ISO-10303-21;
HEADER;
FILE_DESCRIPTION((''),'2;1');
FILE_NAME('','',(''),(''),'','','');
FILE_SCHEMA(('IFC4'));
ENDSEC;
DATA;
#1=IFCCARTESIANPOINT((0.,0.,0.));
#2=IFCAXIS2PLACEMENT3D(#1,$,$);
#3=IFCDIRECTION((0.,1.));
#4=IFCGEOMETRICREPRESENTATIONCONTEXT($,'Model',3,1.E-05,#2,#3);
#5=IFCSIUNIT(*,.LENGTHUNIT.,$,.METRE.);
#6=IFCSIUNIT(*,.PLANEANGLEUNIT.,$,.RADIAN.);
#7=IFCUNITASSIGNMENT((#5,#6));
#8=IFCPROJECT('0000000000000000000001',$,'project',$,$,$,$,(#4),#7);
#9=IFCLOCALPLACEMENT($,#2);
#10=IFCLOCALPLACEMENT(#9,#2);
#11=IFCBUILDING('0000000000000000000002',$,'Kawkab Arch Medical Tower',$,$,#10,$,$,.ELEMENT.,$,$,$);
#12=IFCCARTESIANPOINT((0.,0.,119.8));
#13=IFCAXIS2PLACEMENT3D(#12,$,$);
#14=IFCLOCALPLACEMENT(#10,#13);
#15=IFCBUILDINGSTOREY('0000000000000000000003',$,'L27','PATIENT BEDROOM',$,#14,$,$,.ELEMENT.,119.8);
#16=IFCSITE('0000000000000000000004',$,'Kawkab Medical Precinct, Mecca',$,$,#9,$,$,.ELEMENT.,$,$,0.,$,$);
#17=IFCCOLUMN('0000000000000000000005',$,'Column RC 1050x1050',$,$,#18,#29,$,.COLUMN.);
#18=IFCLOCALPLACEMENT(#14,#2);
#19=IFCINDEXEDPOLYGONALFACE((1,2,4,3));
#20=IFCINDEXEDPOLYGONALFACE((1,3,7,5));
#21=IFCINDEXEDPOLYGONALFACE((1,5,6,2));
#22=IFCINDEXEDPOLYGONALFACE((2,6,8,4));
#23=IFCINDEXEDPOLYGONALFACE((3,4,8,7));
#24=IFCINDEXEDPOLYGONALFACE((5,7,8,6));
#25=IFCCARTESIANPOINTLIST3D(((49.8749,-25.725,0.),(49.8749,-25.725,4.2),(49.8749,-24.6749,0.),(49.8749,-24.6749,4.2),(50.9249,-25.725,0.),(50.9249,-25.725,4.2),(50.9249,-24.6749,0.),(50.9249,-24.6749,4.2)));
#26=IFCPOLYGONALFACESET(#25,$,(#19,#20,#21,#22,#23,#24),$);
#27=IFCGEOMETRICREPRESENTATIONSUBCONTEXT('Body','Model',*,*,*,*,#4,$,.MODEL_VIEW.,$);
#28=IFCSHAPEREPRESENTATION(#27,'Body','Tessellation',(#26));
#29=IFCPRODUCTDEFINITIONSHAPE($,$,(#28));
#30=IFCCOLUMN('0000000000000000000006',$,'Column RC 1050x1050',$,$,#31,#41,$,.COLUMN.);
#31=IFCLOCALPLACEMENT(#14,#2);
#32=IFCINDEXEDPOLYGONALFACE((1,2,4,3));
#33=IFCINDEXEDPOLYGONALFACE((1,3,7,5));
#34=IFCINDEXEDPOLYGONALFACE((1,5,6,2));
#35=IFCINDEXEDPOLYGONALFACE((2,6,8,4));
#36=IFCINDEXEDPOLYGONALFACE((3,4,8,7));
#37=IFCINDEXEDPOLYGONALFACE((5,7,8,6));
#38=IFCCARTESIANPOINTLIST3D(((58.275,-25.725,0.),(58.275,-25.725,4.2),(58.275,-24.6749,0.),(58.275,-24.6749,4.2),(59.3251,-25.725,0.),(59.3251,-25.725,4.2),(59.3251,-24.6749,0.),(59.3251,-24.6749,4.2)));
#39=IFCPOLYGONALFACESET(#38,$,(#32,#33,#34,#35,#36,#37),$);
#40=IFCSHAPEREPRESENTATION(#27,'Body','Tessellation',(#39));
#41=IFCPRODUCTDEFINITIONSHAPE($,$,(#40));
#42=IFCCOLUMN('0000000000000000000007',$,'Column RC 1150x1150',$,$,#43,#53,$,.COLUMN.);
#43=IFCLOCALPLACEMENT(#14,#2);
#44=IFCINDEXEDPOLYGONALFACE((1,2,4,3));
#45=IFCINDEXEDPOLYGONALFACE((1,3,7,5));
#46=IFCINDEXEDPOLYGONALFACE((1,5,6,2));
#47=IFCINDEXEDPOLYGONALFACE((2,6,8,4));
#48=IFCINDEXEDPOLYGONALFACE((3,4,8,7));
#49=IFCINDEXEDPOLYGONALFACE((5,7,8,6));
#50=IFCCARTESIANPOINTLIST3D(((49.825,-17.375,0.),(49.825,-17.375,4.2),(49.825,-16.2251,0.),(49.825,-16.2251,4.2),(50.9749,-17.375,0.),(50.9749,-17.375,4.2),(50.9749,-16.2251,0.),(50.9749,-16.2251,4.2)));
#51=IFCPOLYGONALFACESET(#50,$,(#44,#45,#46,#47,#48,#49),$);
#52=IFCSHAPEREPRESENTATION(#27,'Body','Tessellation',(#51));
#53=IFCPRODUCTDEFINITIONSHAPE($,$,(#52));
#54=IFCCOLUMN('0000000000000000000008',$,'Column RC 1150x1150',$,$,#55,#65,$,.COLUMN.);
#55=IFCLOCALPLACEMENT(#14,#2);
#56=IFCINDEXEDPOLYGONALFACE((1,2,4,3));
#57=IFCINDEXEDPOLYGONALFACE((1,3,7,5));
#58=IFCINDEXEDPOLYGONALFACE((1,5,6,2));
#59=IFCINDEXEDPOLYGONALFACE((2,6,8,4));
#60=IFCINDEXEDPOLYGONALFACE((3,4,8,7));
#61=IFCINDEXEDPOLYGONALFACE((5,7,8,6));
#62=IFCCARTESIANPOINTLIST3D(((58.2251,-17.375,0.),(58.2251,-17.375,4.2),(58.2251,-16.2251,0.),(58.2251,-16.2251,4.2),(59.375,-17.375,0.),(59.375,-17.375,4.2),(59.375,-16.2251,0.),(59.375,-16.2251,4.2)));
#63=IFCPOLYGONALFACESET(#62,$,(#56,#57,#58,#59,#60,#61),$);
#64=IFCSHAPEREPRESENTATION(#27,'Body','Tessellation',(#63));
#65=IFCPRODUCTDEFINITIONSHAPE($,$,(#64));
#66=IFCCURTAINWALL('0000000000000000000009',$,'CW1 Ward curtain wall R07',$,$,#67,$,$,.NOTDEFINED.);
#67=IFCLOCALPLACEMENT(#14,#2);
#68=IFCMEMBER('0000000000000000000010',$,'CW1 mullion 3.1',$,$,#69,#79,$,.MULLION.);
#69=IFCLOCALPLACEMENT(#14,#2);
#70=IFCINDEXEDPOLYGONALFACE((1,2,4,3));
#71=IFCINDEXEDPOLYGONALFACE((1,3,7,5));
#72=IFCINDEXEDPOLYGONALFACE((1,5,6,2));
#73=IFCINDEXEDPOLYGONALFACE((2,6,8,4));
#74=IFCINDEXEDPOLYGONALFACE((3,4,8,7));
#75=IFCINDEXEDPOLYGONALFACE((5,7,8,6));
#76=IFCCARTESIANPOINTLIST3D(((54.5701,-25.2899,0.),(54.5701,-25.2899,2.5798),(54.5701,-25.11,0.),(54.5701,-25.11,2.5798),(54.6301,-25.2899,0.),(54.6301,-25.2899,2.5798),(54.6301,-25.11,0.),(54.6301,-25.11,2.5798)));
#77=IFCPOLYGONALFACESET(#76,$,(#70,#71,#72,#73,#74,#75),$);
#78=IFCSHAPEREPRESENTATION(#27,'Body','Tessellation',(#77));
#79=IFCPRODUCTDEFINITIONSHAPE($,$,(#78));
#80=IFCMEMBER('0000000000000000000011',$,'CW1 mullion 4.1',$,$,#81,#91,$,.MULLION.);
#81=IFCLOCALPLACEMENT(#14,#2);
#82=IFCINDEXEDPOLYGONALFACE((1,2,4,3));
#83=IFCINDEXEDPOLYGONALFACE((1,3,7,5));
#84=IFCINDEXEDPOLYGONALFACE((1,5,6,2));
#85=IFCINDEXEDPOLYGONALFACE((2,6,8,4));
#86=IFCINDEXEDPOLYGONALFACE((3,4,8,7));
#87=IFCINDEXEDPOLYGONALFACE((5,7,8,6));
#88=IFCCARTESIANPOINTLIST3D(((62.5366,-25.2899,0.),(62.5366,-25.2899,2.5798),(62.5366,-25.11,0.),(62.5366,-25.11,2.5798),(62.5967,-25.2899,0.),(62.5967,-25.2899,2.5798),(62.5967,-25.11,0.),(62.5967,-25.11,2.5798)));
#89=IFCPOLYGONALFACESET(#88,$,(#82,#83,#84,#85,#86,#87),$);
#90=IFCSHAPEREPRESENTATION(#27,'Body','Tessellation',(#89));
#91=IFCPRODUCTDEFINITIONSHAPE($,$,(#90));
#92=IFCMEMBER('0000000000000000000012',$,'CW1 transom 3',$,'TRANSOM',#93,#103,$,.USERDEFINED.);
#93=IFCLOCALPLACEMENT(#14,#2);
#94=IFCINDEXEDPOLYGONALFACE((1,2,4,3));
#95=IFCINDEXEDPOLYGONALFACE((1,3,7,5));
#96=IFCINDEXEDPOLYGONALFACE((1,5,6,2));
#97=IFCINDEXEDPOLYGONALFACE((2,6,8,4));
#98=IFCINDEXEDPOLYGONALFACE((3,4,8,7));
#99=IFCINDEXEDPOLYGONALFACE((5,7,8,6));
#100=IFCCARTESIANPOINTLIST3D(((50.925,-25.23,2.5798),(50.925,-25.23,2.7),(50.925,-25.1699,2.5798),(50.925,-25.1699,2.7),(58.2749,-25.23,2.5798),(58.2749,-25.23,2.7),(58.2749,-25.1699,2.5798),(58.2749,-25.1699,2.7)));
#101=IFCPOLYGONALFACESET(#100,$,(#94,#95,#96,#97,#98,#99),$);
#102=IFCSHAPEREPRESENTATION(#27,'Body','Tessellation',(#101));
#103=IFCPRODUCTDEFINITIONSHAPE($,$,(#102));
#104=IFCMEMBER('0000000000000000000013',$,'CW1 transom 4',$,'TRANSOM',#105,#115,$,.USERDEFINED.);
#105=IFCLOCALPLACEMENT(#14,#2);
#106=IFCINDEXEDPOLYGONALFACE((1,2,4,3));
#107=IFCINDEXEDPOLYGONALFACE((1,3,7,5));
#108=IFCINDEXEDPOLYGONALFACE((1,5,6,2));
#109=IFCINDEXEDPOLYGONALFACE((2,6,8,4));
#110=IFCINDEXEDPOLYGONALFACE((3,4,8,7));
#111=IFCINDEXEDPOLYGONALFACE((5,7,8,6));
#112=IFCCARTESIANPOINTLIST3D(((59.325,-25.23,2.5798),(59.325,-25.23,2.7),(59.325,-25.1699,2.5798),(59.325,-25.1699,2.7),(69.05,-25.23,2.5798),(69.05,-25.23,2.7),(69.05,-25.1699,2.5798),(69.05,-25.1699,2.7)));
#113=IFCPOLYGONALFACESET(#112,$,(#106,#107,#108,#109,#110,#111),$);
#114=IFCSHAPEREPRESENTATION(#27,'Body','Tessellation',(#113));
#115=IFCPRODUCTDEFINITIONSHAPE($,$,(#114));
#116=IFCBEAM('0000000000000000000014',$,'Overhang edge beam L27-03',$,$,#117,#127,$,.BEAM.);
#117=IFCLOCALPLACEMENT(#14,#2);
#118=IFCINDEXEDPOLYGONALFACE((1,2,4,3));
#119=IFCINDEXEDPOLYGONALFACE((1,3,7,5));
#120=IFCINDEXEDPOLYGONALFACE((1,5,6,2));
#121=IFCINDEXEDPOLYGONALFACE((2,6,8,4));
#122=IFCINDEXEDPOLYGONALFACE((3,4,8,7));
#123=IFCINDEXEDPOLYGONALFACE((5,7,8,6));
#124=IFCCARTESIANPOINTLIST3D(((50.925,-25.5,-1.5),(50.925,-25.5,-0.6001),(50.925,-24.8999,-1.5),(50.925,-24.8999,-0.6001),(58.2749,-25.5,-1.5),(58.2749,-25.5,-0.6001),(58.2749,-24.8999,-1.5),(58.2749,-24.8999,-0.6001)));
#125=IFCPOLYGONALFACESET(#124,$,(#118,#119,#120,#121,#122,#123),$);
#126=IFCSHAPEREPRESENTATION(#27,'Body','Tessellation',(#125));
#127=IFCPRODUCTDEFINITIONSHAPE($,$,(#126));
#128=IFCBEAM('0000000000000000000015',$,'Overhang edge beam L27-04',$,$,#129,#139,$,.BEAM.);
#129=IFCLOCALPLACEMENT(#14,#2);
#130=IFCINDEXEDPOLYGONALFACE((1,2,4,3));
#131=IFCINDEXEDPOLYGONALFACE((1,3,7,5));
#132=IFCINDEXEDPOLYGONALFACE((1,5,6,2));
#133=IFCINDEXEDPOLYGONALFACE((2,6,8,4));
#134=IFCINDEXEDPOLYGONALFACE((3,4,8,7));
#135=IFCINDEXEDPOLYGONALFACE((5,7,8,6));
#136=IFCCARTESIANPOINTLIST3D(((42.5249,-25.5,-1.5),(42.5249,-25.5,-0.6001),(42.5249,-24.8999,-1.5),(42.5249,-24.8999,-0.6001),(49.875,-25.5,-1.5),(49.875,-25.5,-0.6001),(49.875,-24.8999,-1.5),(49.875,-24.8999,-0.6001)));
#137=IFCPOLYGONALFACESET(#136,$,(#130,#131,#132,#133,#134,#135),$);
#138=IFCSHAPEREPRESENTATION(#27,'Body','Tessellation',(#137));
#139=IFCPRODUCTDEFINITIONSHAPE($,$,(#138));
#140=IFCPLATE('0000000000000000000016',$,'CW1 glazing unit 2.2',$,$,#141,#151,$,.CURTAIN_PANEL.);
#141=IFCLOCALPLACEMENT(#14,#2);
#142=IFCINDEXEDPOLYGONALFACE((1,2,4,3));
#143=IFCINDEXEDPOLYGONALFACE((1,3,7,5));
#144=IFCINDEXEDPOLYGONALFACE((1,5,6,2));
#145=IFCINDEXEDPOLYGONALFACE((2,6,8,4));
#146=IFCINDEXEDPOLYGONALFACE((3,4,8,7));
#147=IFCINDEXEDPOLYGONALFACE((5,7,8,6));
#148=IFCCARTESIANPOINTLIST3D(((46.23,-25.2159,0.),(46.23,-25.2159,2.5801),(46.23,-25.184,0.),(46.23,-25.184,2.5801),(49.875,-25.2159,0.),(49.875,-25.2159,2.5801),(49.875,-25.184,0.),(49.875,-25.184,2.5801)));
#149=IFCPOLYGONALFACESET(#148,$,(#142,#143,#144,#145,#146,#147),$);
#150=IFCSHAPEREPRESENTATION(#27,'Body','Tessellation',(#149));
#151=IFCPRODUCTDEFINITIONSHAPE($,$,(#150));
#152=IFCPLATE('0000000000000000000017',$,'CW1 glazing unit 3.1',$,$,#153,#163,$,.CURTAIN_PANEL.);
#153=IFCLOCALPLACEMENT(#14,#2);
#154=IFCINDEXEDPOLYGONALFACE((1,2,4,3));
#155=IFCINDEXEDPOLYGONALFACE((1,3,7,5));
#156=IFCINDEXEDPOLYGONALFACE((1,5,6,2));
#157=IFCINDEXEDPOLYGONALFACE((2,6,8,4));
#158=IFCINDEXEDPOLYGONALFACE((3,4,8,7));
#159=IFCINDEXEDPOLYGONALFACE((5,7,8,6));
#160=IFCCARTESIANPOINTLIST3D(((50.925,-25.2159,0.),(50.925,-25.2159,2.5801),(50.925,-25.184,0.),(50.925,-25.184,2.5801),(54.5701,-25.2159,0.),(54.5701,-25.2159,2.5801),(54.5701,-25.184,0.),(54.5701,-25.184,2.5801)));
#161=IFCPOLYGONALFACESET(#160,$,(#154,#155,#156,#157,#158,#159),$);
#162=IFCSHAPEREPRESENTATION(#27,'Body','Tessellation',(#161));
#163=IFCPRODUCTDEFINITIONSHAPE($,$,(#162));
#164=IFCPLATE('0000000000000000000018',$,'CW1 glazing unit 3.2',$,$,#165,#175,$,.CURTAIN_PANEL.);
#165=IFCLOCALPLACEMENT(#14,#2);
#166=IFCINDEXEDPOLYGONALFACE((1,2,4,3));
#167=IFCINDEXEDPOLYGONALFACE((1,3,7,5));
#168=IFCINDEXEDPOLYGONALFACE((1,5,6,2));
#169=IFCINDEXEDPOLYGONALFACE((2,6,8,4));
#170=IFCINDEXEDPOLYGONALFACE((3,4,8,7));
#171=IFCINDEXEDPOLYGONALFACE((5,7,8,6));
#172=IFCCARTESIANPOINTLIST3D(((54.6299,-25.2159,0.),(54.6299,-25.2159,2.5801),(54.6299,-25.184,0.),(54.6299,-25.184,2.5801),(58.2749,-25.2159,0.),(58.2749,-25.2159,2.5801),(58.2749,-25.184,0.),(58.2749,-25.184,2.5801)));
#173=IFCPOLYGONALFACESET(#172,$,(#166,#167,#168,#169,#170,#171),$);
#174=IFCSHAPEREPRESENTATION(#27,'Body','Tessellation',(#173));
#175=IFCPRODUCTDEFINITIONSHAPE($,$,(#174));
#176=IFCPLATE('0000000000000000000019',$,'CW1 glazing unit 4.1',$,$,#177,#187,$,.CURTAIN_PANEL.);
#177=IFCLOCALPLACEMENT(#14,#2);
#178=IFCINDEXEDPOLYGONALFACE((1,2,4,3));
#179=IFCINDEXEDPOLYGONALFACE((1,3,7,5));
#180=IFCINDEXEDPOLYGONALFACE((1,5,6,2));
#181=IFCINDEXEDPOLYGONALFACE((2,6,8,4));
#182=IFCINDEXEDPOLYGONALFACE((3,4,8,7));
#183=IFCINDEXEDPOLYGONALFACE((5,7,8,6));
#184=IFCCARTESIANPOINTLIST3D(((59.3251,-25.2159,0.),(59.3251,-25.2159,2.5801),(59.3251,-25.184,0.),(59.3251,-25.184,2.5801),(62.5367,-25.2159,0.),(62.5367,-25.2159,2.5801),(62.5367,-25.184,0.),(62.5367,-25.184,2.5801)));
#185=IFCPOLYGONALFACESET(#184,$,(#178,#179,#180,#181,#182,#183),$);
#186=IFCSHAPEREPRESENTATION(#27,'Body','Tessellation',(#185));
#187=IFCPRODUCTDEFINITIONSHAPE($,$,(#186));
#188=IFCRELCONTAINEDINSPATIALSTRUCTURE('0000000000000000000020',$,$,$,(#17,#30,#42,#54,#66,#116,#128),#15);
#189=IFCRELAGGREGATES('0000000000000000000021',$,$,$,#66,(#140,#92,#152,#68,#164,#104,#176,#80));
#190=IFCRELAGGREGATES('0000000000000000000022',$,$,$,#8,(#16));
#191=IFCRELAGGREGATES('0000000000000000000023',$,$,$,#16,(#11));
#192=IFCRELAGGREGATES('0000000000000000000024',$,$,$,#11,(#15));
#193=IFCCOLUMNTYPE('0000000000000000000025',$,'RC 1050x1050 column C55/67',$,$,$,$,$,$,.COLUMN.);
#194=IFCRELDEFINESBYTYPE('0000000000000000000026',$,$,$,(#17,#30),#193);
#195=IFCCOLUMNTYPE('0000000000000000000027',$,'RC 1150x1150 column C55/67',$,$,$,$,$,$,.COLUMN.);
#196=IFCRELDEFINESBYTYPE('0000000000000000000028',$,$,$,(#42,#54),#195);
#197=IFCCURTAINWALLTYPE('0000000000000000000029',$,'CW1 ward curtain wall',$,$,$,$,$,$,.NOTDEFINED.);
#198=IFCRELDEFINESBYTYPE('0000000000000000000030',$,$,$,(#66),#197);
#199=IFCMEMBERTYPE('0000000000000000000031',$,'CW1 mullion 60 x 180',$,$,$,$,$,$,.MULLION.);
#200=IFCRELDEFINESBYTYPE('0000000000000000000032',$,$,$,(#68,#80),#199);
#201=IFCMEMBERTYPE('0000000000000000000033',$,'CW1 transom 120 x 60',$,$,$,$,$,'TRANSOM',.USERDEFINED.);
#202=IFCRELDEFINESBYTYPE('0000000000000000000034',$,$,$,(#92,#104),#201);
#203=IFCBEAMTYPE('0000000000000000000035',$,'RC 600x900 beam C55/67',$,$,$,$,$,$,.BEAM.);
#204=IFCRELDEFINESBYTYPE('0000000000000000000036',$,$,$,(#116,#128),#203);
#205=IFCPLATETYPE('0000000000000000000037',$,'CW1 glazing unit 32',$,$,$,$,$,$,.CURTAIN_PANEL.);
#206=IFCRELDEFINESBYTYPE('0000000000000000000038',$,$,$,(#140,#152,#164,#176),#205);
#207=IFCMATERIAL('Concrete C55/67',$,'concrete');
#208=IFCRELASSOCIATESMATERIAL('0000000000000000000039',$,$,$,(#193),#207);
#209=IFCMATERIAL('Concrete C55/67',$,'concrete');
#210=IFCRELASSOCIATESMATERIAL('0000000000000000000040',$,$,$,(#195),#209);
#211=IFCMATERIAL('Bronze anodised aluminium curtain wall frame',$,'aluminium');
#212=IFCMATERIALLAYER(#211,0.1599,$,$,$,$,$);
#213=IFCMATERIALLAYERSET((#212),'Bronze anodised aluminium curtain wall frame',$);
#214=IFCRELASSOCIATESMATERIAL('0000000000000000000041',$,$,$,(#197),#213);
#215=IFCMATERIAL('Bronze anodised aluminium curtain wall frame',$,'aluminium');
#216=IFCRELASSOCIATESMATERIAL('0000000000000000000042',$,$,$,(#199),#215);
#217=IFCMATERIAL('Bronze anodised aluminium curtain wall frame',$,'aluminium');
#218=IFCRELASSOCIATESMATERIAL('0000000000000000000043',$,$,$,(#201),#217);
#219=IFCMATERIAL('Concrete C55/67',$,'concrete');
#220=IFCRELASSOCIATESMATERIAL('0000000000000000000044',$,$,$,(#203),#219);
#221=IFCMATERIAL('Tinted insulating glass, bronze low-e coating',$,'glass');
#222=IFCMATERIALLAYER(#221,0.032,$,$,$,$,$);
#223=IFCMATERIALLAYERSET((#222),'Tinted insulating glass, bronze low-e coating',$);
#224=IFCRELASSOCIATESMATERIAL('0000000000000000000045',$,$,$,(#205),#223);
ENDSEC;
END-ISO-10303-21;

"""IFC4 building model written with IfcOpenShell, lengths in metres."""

from ifc_helpers import new_model, si_unit, direction, frame, origin, origin_2d, place, context, subcontext, project, spatial, rectangle, extrude, material, layer, layer_set, material_profile, profile_set, type_object, element, aggregate, save


model = new_model("IFC4")

# Units and contexts
model_context = context("Model", 3, precision=1e-05, world=origin(), true_north=direction((0.0, 1.0)))
body_context = subcontext(model_context, "Body", "Model", "MODEL_VIEW")
ifc_project = project(units=[si_unit("LENGTHUNIT", "METRE"), si_unit("PLANEANGLEUNIT", "RADIAN")], contexts=[model_context])

# Site, building, storey
site_placement = place(None, origin())
site = spatial("IfcSite", under=ifc_project, at=site_placement, Name="Kawkab Medical Precinct, Mecca", CompositionType="ELEMENT", RefElevation=0.0)
building_placement = place(site_placement, origin())
building = spatial("IfcBuilding", under=site, at=building_placement, Name="Kawkab Arch Medical Tower", CompositionType="ELEMENT")
storey_placement = place(building_placement, frame((0.0, 0.0, 119.8)))
storey = spatial("IfcBuildingStorey", under=building, at=storey_placement, Name="L27", Description="PATIENT BEDROOM", CompositionType="ELEMENT", Elevation=119.8)

# Columns
ifc_material_1 = material(Name="Concrete C55/67", Category="concrete")
ifc_material_profile_1 = material_profile(ifc_material_1, rectangle(XDim=1.05, YDim=1.05, at=origin_2d()), Name="RC 1050x1050")
ifc_profile_set_1 = profile_set([ifc_material_profile_1], Name="Concrete C55/67")
column_type_1 = type_object("IfcColumnType", Name="RC 1050x1050 column C55/67", PredefinedType="COLUMN", material=ifc_profile_set_1)
for number, where, z_axis, x_axis, name in (
    (1, (50.3999, -25.2, 0.0), (0.0, 0.0, 1.0), (1.0, 0.0, 0.0), "Column RC 1050x1050"),
    (2, (58.8, -25.2, 0.0), (0.0, 0.0, 1.0), (1.0, 0.0, 0.0), "Column RC 1050x1050"),
):
    element("IfcColumn", number, at=place(storey_placement, frame(where, z_axis=z_axis, x_axis=x_axis)), inside=storey, type_object=column_type_1, Name=name, PredefinedType="COLUMN", context=body_context, shape_type="SweptSolid", body=[
        extrude(rectangle(XDim=1.05, YDim=1.05, at=origin_2d()), origin(), (0.0, 0.0, 1.0), 4.2),
    ])
ifc_material_2 = material(Name="Concrete C55/67", Category="concrete")
ifc_material_profile_2 = material_profile(ifc_material_2, rectangle(XDim=1.1499, YDim=1.1499, at=origin_2d()), Name="RC 1150x1150")
ifc_profile_set_2 = profile_set([ifc_material_profile_2], Name="Concrete C55/67")
column_type_2 = type_object("IfcColumnType", Name="RC 1150x1150 column C55/67", PredefinedType="COLUMN", material=ifc_profile_set_2)
for number, where, z_axis, x_axis, name in (
    (3, (50.3999, -16.8, 0.0), (0.0, 0.0, 1.0), (1.0, 0.0, 0.0), "Column RC 1150x1150"),
    (4, (58.8, -16.8, 0.0), (0.0, 0.0, 1.0), (1.0, 0.0, 0.0), "Column RC 1150x1150"),
):
    element("IfcColumn", number, at=place(storey_placement, frame(where, z_axis=z_axis, x_axis=x_axis)), inside=storey, type_object=column_type_2, Name=name, PredefinedType="COLUMN", context=body_context, shape_type="SweptSolid", body=[
        extrude(rectangle(XDim=1.1499, YDim=1.1499, at=origin_2d()), origin(), (0.0, 0.0, 1.0), 4.2),
    ])

# Curtain wall, members
ifc_material_3 = material(Name="Bronze anodised aluminium curtain wall frame", Category="aluminium")
ifc_layer_1 = layer(ifc_material_3, 0.1599)
ifc_layer_set_1 = layer_set([ifc_layer_1], Name="Bronze anodised aluminium curtain wall frame")
curtain_wall_type = type_object("IfcCurtainWallType", Name="CW1 ward curtain wall", PredefinedType="NOTDEFINED", material=ifc_layer_set_1)
curtain_wall_placement = place(storey_placement, origin())
curtain_wall = element("IfcCurtainWall", 5, at=curtain_wall_placement, inside=storey, type_object=curtain_wall_type, Name="CW1 Ward curtain wall R07", PredefinedType="NOTDEFINED")
ifc_material_4 = material(Name="Bronze anodised aluminium curtain wall frame", Category="aluminium")
ifc_material_profile_3 = material_profile(ifc_material_4, rectangle(XDim=0.1799, YDim=0.0601, at=origin_2d()), Name="AL 60x180")
ifc_profile_set_3 = profile_set([ifc_material_profile_3], Name="Bronze anodised aluminium curtain wall frame")
member_type_1 = type_object("IfcMemberType", Name="CW1 mullion 60 x 180", PredefinedType="MULLION", material=ifc_profile_set_3)
member_1_placement = place(storey_placement, frame((54.6001, -25.2, 0.0), z_axis=(0.0, 0.0, 1.0), x_axis=(0.0, 1.0, 0.0)))
member_1 = element("IfcMember", 6, at=member_1_placement, type_object=member_type_1, Name="CW1 mullion 3.1", PredefinedType="MULLION", context=body_context, shape_type="SweptSolid", body=[
    extrude(rectangle(XDim=0.1799, YDim=0.0601, at=origin_2d()), origin(), (0.0, 0.0, 1.0), 2.5798),
])
member_2_placement = place(storey_placement, frame((62.5667, -25.2, 0.0), z_axis=(0.0, 0.0, 1.0), x_axis=(0.0, 1.0, 0.0)))
member_2 = element("IfcMember", 7, at=member_2_placement, type_object=member_type_1, Name="CW1 mullion 4.1", PredefinedType="MULLION", context=body_context, shape_type="SweptSolid", body=[
    extrude(rectangle(XDim=0.1799, YDim=0.0601, at=origin_2d()), origin(), (0.0, 0.0, 1.0), 2.5798),
])
ifc_material_5 = material(Name="Bronze anodised aluminium curtain wall frame", Category="aluminium")
ifc_material_profile_4 = material_profile(ifc_material_5, rectangle(XDim=0.0601, YDim=0.1201, at=origin_2d()), Name="AL 60x120")
ifc_profile_set_4 = profile_set([ifc_material_profile_4], Name="Bronze anodised aluminium curtain wall frame")
member_type_2 = type_object("IfcMemberType", Name="CW1 transom 120 x 60", ElementType="TRANSOM", PredefinedType="USERDEFINED", material=ifc_profile_set_4)
member_3_placement = place(storey_placement, frame((50.925, -25.2, 2.6399), z_axis=(1.0, 0.0, 0.0), x_axis=(0.0, 1.0, 0.0)))
member_3 = element("IfcMember", 8, at=member_3_placement, type_object=member_type_2, Name="CW1 transom 3", ObjectType="TRANSOM", PredefinedType="USERDEFINED", context=body_context, shape_type="SweptSolid", body=[
    extrude(rectangle(XDim=0.0601, YDim=0.1201, at=origin_2d()), origin(), (0.0, 0.0, 1.0), 7.3499),
])
member_4_placement = place(storey_placement, frame((59.325, -25.2, 2.6399), z_axis=(1.0, 0.0, 0.0), x_axis=(0.0, 1.0, 0.0)))
member_4 = element("IfcMember", 9, at=member_4_placement, type_object=member_type_2, Name="CW1 transom 4", ObjectType="TRANSOM", PredefinedType="USERDEFINED", context=body_context, shape_type="SweptSolid", body=[
    extrude(rectangle(XDim=0.0601, YDim=0.1201, at=origin_2d()), origin(), (0.0, 0.0, 1.0), 9.7251),
])

# Beams
ifc_material_6 = material(Name="Concrete C55/67", Category="concrete")
ifc_material_profile_5 = material_profile(ifc_material_6, rectangle(XDim=0.6001, YDim=0.8999, at=origin_2d()), Name="RC 600x900")
ifc_profile_set_5 = profile_set([ifc_material_profile_5], Name="Concrete C55/67")
beam_type = type_object("IfcBeamType", Name="RC 600x900 beam C55/67", PredefinedType="BEAM", material=ifc_profile_set_5)
beam_1_placement = place(storey_placement, frame((58.2749, -25.2, -1.05), z_axis=(-1.0, 0.0, 0.0), x_axis=(0.0, -1.0, 0.0)))
element("IfcBeam", 10, at=beam_1_placement, inside=storey, type_object=beam_type, Name="Overhang edge beam L27-03", PredefinedType="BEAM", context=body_context, shape_type="SweptSolid", body=[
    extrude(rectangle(XDim=0.6001, YDim=0.8999, at=origin_2d()), origin(), (0.0, 0.0, 1.0), 7.3499),
])
beam_2_placement = place(storey_placement, frame((49.875, -25.2, -1.05), z_axis=(-1.0, 0.0, 0.0), x_axis=(0.0, -1.0, 0.0)))
element("IfcBeam", 11, at=beam_2_placement, inside=storey, type_object=beam_type, Name="Overhang edge beam L27-04", PredefinedType="BEAM", context=body_context, shape_type="SweptSolid", body=[
    extrude(rectangle(XDim=0.6001, YDim=0.8999, at=origin_2d()), origin(), (0.0, 0.0, 1.0), 7.3501),
])

# Plates
ifc_material_7 = material(Name="Tinted insulating glass, bronze low-e coating", Category="glass")
ifc_layer_2 = layer(ifc_material_7, 0.032)
ifc_layer_set_2 = layer_set([ifc_layer_2], Name="Tinted insulating glass, bronze low-e coating")
plate_type = type_object("IfcPlateType", Name="CW1 glazing unit 32", PredefinedType="CURTAIN_PANEL", material=ifc_layer_set_2)
plate_1_placement = place(storey_placement, frame((48.0525, -25.2, 0.0), z_axis=(0.0, 0.0, 1.0), x_axis=(1.0, 0.0, 0.0)))
plate_1 = element("IfcPlate", 12, at=plate_1_placement, type_object=plate_type, Name="CW1 glazing unit 2.2", PredefinedType="CURTAIN_PANEL", context=body_context, shape_type="SweptSolid", body=[
    extrude(rectangle(XDim=3.645, YDim=0.032, at=origin_2d()), origin(), (0.0, 0.0, 1.0), 2.5801),
])
plate_2_placement = place(storey_placement, frame((52.7476, -25.2, 0.0), z_axis=(0.0, 0.0, 1.0), x_axis=(1.0, 0.0, 0.0)))
plate_2 = element("IfcPlate", 13, at=plate_2_placement, type_object=plate_type, Name="CW1 glazing unit 3.1", PredefinedType="CURTAIN_PANEL", context=body_context, shape_type="SweptSolid", body=[
    extrude(rectangle(XDim=3.645, YDim=0.032, at=origin_2d()), origin(), (0.0, 0.0, 1.0), 2.5801),
])
plate_3_placement = place(storey_placement, frame((56.4524, -25.2, 0.0), z_axis=(0.0, 0.0, 1.0), x_axis=(1.0, 0.0, 0.0)))
plate_3 = element("IfcPlate", 14, at=plate_3_placement, type_object=plate_type, Name="CW1 glazing unit 3.2", PredefinedType="CURTAIN_PANEL", context=body_context, shape_type="SweptSolid", body=[
    extrude(rectangle(XDim=3.645, YDim=0.032, at=origin_2d()), origin(), (0.0, 0.0, 1.0), 2.5801),
])
plate_4_placement = place(storey_placement, frame((60.9309, -25.2, 0.0), z_axis=(0.0, 0.0, 1.0), x_axis=(1.0, 0.0, 0.0)))
plate_4 = element("IfcPlate", 15, at=plate_4_placement, type_object=plate_type, Name="CW1 glazing unit 4.1", PredefinedType="CURTAIN_PANEL", context=body_context, shape_type="SweptSolid", body=[
    extrude(rectangle(XDim=3.2117, YDim=0.032, at=origin_2d()), origin(), (0.0, 0.0, 1.0), 2.5801),
])
aggregate(curtain_wall, [plate_1, member_3, plate_2, member_1, plate_3, member_4, plate_4, member_2])

save(model, "model.ifc")
